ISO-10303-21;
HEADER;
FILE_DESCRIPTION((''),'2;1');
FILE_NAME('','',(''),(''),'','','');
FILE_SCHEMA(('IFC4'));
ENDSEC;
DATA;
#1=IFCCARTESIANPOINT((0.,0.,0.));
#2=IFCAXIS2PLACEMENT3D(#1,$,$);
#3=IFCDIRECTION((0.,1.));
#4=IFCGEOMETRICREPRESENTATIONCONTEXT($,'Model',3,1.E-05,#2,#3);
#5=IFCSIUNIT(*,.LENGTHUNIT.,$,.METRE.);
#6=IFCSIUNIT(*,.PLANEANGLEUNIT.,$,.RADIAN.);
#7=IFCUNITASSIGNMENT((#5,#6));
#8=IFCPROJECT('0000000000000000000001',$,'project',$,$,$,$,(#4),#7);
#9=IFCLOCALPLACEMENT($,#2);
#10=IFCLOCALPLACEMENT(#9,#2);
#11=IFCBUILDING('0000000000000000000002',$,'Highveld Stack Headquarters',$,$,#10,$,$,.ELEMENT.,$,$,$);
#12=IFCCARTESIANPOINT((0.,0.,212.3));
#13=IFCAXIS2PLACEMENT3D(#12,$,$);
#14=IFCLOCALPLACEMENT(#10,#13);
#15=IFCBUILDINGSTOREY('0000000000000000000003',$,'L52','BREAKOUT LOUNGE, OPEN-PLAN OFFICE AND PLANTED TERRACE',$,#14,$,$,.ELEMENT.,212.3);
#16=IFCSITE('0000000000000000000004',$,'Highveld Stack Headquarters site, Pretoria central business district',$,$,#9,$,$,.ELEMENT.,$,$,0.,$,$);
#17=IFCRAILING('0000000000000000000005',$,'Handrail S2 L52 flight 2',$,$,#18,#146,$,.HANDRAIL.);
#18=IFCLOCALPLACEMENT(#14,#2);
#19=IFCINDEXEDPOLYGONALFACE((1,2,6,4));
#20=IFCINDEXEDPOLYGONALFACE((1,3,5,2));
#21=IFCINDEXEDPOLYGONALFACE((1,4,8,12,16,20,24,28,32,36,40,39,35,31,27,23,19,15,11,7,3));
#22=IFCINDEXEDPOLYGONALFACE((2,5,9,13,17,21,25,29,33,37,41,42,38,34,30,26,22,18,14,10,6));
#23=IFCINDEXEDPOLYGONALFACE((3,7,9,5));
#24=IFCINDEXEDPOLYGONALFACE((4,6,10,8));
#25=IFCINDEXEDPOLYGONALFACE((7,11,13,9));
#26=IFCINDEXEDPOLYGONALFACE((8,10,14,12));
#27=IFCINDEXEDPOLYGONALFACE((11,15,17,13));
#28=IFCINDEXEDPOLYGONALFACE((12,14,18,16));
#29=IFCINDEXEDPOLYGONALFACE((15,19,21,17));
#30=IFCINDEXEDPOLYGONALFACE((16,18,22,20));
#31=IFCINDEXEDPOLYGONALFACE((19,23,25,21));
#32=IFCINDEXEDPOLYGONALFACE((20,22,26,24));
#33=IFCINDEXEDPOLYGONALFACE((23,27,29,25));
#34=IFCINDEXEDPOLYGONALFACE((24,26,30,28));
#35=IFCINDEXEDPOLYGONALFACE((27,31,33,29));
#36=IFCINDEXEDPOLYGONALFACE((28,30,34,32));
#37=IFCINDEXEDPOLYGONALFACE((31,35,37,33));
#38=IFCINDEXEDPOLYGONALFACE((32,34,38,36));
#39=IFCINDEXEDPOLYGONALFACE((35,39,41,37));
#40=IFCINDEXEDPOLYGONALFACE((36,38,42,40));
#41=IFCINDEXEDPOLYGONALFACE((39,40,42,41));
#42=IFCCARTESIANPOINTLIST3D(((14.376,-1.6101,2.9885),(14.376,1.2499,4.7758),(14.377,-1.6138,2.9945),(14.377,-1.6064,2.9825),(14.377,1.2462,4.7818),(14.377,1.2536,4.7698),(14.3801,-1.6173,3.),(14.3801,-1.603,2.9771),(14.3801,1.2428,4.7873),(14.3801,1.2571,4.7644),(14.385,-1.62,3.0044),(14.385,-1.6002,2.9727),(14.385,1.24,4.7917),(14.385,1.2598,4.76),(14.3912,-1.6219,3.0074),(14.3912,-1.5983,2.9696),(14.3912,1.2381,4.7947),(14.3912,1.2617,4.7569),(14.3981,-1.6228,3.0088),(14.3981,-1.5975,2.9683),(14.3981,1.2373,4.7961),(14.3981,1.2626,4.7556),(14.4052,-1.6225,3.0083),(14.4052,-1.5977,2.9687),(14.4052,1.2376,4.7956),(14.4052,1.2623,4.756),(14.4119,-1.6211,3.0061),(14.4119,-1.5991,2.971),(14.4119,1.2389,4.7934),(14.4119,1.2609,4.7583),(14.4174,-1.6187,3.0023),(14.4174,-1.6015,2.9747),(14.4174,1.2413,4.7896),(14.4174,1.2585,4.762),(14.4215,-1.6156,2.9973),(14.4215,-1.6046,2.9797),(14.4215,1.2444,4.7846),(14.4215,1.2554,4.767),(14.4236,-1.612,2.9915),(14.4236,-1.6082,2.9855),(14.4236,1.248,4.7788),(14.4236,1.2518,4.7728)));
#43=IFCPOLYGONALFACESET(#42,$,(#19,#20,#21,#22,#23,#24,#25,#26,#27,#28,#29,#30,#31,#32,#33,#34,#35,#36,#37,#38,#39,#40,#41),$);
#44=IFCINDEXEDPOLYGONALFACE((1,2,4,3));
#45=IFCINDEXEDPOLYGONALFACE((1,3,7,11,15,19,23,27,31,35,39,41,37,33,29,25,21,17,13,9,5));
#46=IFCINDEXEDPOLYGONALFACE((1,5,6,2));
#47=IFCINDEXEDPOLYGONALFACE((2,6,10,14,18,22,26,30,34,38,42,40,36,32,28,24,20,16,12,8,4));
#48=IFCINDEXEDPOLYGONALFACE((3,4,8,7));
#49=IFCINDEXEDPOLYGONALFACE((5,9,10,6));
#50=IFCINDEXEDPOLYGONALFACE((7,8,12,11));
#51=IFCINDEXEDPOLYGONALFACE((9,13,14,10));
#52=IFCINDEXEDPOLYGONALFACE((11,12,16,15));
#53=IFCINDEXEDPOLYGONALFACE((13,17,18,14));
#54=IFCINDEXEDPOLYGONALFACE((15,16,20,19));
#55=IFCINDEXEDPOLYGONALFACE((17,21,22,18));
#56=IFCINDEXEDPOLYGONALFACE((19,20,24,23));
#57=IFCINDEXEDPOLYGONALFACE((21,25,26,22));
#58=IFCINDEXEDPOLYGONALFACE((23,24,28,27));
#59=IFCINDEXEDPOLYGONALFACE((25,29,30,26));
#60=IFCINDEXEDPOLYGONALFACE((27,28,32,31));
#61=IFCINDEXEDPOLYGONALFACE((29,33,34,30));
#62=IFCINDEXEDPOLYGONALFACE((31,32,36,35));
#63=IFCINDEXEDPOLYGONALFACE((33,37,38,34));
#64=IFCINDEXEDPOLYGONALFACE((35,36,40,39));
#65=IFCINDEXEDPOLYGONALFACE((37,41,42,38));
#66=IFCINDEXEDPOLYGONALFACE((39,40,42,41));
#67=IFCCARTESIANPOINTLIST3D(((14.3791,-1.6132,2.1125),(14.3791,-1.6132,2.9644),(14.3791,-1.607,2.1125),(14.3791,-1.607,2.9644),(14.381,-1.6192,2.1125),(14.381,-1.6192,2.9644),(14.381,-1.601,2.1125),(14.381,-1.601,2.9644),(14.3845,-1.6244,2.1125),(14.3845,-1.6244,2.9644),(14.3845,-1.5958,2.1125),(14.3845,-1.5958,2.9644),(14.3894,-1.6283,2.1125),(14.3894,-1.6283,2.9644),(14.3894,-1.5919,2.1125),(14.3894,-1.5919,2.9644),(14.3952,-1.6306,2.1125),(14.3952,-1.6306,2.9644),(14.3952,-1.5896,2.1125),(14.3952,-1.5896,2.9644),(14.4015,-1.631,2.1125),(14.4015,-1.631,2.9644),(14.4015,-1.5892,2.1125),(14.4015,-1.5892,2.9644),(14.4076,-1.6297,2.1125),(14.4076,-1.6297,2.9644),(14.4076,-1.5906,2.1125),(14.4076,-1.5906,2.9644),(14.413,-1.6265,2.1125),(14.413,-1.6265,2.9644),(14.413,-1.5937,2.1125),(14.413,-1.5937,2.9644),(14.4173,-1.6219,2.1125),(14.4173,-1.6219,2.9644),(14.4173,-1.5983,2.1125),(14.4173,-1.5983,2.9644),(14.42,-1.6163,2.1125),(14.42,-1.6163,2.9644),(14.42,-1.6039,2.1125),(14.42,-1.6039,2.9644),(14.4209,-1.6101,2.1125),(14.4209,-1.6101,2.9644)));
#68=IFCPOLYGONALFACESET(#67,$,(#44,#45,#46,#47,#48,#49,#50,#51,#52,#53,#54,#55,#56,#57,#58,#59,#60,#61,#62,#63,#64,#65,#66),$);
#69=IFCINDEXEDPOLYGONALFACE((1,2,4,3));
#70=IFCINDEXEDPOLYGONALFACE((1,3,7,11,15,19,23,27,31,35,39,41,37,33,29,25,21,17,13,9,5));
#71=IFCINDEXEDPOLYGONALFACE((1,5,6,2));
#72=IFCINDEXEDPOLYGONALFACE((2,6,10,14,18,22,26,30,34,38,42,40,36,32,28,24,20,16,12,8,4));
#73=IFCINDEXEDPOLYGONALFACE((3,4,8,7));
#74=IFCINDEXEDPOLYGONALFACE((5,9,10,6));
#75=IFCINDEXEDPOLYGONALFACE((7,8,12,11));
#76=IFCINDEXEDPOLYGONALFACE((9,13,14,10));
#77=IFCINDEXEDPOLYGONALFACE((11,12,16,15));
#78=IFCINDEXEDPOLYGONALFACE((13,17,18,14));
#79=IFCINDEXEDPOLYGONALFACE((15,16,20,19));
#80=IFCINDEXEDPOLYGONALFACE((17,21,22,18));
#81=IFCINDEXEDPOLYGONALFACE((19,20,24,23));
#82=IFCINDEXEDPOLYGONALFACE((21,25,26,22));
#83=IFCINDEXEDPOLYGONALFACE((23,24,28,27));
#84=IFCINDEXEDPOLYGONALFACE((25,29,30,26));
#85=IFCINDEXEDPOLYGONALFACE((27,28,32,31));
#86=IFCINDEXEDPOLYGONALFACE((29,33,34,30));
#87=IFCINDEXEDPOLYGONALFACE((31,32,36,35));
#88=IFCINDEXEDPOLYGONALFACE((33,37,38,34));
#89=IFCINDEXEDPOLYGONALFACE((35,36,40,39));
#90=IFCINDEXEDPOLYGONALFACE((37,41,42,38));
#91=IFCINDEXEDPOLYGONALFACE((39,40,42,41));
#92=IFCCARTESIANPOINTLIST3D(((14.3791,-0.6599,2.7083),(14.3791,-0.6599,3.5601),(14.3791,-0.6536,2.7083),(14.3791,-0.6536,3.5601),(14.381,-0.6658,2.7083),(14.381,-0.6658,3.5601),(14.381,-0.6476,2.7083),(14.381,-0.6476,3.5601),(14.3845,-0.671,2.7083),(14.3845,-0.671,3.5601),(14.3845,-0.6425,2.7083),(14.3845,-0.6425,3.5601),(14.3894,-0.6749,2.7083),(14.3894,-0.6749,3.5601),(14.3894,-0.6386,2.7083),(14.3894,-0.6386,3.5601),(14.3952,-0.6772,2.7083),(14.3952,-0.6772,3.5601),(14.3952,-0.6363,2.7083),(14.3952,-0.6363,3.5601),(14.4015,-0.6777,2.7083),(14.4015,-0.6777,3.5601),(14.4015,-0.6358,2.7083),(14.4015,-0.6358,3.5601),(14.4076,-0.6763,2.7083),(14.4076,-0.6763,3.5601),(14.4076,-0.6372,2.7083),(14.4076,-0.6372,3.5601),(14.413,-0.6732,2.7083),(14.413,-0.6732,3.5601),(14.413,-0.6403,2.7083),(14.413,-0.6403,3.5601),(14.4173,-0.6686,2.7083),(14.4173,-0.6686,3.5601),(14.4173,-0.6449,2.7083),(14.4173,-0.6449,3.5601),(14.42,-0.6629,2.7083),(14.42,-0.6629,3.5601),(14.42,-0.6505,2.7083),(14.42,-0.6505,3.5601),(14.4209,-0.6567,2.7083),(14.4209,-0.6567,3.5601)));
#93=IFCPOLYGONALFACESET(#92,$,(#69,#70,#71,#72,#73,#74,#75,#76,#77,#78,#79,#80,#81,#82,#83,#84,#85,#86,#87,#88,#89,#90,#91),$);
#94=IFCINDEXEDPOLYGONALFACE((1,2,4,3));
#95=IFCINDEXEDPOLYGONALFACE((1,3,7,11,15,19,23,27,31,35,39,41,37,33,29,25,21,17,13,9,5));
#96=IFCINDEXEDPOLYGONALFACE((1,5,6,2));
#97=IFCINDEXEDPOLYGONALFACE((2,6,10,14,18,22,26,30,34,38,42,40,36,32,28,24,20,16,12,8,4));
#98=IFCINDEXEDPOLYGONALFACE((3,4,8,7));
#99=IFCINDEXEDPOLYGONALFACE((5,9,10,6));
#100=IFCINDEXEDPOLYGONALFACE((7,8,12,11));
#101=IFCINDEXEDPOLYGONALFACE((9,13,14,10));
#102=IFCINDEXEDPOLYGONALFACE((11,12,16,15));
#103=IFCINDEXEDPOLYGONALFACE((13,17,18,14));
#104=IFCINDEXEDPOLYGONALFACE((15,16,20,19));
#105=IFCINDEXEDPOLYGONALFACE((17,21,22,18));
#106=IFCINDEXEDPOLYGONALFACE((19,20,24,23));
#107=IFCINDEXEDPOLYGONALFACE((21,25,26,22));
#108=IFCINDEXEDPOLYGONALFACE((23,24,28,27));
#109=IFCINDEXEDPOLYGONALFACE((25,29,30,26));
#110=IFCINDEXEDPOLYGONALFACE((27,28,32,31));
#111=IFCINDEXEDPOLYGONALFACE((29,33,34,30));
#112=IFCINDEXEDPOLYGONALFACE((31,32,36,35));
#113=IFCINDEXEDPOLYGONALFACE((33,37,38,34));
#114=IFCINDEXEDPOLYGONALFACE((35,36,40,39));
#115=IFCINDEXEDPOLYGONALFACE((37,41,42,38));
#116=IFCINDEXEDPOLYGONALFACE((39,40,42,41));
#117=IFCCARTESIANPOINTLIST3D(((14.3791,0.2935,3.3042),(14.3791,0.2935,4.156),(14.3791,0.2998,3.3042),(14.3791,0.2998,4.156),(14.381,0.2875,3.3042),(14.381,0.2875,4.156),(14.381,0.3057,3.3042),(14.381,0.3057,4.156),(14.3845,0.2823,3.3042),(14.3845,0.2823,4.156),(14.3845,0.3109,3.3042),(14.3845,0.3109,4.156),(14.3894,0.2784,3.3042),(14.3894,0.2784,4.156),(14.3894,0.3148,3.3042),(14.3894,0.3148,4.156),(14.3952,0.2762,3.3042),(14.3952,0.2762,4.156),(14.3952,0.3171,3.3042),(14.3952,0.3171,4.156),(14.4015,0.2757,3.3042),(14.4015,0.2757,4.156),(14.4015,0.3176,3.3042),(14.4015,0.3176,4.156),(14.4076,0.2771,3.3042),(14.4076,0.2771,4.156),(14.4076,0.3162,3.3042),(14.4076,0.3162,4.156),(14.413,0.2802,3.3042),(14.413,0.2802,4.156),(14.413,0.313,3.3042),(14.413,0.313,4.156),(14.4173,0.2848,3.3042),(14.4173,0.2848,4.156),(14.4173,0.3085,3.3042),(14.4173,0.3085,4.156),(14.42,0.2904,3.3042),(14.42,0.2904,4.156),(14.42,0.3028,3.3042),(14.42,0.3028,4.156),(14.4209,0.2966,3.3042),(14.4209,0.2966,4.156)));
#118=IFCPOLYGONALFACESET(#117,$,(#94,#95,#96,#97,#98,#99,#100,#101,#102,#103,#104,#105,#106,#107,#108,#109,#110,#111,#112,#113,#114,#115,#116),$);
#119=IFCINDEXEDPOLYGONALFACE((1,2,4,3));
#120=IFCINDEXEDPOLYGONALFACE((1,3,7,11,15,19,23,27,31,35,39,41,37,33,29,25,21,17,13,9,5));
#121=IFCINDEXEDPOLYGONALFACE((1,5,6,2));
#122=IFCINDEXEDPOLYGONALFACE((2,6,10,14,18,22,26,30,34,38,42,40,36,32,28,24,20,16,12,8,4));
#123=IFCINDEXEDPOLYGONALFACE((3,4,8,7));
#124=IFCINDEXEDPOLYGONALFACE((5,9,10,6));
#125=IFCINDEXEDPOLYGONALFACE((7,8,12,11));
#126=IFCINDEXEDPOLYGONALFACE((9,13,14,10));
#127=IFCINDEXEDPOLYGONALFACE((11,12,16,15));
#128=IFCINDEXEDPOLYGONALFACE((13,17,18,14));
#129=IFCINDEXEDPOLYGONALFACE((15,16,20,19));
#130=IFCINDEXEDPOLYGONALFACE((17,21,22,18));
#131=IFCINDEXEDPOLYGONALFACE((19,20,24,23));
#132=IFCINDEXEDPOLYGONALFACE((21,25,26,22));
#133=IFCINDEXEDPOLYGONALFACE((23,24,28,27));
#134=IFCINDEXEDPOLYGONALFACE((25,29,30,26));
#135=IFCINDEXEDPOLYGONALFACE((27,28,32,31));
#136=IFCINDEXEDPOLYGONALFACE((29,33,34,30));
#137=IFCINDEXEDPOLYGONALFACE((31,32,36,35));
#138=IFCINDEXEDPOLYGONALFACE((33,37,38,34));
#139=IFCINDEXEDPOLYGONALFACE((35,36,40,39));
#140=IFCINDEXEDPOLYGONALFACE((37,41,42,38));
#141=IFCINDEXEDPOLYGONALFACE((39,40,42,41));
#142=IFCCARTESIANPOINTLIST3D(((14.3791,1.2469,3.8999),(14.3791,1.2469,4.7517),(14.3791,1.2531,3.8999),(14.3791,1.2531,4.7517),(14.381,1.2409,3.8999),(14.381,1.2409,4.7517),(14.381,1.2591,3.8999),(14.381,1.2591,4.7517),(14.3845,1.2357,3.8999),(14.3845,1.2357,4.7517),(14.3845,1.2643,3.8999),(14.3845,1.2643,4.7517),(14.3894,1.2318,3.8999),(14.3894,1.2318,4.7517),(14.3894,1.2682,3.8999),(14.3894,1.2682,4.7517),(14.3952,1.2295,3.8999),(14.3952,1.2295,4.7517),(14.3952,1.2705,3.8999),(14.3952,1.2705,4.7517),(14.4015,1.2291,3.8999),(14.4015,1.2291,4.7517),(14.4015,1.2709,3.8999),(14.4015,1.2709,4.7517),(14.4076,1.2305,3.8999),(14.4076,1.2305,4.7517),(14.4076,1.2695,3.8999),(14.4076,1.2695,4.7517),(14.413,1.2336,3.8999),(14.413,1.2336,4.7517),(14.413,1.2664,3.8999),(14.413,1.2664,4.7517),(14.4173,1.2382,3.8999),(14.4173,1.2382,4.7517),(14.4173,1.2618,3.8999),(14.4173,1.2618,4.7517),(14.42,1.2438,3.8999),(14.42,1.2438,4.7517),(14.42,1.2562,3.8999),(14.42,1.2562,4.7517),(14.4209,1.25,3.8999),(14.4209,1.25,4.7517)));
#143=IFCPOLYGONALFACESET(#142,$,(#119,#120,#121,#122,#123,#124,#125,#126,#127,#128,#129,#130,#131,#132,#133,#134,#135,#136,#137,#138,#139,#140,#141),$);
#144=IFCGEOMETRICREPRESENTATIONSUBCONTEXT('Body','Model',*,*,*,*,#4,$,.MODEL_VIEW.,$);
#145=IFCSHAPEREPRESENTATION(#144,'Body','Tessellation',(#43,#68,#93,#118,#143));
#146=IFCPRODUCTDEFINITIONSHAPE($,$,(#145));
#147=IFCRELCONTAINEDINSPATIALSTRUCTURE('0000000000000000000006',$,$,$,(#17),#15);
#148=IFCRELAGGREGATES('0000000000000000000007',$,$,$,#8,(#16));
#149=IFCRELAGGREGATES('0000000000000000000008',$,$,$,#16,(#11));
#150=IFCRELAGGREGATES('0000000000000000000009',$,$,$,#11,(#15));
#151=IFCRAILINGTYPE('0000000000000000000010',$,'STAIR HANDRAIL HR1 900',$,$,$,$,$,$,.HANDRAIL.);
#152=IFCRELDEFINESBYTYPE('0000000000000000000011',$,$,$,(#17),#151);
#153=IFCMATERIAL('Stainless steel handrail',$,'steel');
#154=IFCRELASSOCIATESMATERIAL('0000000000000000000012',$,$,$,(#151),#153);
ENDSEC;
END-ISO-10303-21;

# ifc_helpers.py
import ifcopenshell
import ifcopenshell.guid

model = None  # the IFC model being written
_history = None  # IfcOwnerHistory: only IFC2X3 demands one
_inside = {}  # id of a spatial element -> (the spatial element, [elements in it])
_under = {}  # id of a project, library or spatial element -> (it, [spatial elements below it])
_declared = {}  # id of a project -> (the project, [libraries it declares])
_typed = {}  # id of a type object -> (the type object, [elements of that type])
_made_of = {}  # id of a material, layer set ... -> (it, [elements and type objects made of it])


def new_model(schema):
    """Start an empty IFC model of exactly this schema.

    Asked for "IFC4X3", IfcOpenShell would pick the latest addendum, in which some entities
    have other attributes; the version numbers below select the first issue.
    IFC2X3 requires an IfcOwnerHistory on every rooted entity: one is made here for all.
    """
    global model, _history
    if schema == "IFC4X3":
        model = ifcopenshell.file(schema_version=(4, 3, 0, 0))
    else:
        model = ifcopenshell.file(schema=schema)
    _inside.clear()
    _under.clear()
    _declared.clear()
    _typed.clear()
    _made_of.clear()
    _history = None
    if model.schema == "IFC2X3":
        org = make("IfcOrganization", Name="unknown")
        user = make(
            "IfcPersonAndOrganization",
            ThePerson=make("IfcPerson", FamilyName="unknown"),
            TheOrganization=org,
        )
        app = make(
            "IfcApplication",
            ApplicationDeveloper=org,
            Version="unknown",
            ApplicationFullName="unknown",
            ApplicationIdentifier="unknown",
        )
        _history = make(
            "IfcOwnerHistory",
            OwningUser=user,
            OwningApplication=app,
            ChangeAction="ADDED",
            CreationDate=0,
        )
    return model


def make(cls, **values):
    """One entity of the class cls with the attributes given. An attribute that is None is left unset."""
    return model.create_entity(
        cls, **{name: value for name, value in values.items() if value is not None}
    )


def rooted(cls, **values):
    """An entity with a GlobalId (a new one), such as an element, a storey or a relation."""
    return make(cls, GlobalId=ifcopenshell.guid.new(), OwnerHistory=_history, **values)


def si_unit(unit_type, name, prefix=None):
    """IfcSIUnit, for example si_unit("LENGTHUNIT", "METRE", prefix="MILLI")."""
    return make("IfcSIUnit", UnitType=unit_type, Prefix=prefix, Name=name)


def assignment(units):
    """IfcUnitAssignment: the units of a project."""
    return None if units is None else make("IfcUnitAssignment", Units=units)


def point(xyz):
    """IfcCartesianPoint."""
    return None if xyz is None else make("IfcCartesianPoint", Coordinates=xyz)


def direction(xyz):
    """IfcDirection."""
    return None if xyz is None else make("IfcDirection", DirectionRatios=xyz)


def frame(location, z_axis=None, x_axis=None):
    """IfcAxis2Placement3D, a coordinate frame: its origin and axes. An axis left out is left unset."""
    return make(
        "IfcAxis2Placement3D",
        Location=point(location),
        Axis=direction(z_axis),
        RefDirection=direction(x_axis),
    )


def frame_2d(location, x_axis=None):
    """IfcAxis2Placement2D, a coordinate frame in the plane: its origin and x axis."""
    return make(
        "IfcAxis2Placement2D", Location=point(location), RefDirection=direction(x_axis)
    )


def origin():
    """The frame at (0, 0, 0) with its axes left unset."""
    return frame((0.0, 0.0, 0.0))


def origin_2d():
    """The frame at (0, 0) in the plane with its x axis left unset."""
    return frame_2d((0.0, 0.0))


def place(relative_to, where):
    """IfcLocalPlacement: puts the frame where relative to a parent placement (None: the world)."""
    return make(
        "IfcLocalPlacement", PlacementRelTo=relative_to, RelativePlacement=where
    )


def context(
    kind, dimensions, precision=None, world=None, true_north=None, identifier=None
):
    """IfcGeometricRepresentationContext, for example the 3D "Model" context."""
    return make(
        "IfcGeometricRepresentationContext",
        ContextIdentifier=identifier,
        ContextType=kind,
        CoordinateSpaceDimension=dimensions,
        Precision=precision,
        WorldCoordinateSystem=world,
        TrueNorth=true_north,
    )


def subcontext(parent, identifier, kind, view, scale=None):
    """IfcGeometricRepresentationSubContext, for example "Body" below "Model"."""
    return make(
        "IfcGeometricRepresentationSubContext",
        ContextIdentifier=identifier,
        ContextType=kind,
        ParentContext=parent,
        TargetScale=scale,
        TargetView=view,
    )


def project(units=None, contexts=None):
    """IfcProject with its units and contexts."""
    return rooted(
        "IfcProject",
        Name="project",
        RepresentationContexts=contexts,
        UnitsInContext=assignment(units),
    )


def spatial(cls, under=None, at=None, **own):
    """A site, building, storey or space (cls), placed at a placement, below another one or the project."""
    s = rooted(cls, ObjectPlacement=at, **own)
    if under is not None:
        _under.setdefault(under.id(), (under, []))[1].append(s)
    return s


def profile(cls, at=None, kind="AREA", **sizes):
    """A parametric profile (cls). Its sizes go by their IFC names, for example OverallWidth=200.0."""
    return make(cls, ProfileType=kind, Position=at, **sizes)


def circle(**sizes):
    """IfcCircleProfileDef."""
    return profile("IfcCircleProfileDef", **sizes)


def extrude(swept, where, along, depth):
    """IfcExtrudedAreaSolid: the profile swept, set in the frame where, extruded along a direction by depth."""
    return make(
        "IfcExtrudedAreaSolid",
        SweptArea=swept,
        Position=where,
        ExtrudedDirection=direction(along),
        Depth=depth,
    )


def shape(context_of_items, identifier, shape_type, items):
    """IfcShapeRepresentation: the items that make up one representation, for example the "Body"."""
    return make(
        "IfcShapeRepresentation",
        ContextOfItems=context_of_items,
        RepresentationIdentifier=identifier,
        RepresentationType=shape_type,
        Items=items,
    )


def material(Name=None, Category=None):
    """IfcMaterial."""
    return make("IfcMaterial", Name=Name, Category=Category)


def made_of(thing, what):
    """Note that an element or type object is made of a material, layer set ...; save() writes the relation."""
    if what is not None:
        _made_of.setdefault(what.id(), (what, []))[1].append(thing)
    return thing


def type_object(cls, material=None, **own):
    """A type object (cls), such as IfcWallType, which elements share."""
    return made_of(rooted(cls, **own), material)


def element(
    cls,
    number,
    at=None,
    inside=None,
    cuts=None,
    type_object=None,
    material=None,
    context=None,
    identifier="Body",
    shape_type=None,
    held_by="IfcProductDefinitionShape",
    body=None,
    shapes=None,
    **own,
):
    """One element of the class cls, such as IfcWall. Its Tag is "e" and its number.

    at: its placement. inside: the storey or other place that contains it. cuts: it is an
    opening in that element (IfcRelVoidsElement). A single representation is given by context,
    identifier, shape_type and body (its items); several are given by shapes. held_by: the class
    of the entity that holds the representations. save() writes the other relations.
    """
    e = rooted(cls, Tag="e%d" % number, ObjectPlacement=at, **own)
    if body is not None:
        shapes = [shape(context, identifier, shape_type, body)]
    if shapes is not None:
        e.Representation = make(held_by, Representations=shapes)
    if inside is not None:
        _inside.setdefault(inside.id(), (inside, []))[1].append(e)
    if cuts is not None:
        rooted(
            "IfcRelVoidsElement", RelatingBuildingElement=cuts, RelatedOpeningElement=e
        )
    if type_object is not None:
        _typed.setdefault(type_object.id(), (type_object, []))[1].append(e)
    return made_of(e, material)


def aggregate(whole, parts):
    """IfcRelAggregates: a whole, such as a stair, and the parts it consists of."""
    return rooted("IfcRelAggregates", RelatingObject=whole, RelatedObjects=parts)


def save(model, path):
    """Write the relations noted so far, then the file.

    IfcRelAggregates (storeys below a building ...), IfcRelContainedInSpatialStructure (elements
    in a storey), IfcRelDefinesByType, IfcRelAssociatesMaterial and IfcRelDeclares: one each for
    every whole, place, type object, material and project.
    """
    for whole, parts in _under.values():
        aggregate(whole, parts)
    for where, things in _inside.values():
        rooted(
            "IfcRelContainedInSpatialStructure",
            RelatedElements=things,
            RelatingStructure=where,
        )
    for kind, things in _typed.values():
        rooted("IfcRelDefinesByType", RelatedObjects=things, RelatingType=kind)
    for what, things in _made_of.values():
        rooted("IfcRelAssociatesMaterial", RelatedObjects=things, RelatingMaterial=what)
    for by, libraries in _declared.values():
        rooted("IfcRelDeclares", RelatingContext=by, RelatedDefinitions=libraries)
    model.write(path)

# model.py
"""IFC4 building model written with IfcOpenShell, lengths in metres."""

from ifc_helpers import new_model, si_unit, direction, frame, origin, origin_2d, place, context, subcontext, project, spatial, circle, extrude, material, type_object, element, save


model = new_model("IFC4")

# Units and contexts
model_context = context("Model", 3, precision=1e-05, world=origin(), true_north=direction((0.0, 1.0)))
body_context = subcontext(model_context, "Body", "Model", "MODEL_VIEW")
ifc_project = project(units=[si_unit("LENGTHUNIT", "METRE"), si_unit("PLANEANGLEUNIT", "RADIAN")], contexts=[model_context])

# Site, building, storey
site_placement = place(None, origin())
site = spatial("IfcSite", under=ifc_project, at=site_placement, Name="Highveld Stack Headquarters site, Pretoria central business district", CompositionType="ELEMENT", RefElevation=0.0)
building_placement = place(site_placement, origin())
building = spatial("IfcBuilding", under=site, at=building_placement, Name="Highveld Stack Headquarters", CompositionType="ELEMENT")
storey_placement = place(building_placement, frame((0.0, 0.0, 212.3)))
storey = spatial("IfcBuildingStorey", under=building, at=storey_placement, Name="L52", Description="BREAKOUT LOUNGE, OPEN-PLAN OFFICE AND PLANTED TERRACE", CompositionType="ELEMENT", Elevation=212.3)

# Railing
ifc_material_1 = material(Name="Stainless steel handrail", Category="steel")
railing_type = type_object("IfcRailingType", Name="STAIR HANDRAIL HR1 900", PredefinedType="HANDRAIL", material=ifc_material_1)
for number, where, name in (
    (1, (14.3999, -1.6101, 2.1125), "Handrail S2 L52 flight 2"),
):
    element("IfcRailing", number, at=place(storey_placement, frame(where)), inside=storey, type_object=railing_type, Name=name, PredefinedType="HANDRAIL", context=body_context, shape_type="SweptSolid", body=[
        extrude(circle(Radius=0.0239, at=origin_2d()), frame((0.0, 0.0, 0.876), z_axis=(0.0, 0.848027, 0.529953), x_axis=(-1.0, 0.0, 0.0)), (0.0, 0.0, 1.0), 3.3726),
        extrude(circle(Radius=0.021, at=origin_2d()), origin(), (0.0, 0.0, 1.0), 0.8518),
        extrude(circle(Radius=0.021, at=origin_2d()), frame((0.0, 0.9534, 0.5957)), (0.0, 0.0, 1.0), 0.8518),
        extrude(circle(Radius=0.021, at=origin_2d()), frame((0.0, 1.9067, 1.1917)), (0.0, 0.0, 1.0), 0.8518),
        extrude(circle(Radius=0.021, at=origin_2d()), frame((0.0, 2.8601, 1.7874)), (0.0, 0.0, 1.0), 0.8518),
    ])

save(model, "model.ifc")
